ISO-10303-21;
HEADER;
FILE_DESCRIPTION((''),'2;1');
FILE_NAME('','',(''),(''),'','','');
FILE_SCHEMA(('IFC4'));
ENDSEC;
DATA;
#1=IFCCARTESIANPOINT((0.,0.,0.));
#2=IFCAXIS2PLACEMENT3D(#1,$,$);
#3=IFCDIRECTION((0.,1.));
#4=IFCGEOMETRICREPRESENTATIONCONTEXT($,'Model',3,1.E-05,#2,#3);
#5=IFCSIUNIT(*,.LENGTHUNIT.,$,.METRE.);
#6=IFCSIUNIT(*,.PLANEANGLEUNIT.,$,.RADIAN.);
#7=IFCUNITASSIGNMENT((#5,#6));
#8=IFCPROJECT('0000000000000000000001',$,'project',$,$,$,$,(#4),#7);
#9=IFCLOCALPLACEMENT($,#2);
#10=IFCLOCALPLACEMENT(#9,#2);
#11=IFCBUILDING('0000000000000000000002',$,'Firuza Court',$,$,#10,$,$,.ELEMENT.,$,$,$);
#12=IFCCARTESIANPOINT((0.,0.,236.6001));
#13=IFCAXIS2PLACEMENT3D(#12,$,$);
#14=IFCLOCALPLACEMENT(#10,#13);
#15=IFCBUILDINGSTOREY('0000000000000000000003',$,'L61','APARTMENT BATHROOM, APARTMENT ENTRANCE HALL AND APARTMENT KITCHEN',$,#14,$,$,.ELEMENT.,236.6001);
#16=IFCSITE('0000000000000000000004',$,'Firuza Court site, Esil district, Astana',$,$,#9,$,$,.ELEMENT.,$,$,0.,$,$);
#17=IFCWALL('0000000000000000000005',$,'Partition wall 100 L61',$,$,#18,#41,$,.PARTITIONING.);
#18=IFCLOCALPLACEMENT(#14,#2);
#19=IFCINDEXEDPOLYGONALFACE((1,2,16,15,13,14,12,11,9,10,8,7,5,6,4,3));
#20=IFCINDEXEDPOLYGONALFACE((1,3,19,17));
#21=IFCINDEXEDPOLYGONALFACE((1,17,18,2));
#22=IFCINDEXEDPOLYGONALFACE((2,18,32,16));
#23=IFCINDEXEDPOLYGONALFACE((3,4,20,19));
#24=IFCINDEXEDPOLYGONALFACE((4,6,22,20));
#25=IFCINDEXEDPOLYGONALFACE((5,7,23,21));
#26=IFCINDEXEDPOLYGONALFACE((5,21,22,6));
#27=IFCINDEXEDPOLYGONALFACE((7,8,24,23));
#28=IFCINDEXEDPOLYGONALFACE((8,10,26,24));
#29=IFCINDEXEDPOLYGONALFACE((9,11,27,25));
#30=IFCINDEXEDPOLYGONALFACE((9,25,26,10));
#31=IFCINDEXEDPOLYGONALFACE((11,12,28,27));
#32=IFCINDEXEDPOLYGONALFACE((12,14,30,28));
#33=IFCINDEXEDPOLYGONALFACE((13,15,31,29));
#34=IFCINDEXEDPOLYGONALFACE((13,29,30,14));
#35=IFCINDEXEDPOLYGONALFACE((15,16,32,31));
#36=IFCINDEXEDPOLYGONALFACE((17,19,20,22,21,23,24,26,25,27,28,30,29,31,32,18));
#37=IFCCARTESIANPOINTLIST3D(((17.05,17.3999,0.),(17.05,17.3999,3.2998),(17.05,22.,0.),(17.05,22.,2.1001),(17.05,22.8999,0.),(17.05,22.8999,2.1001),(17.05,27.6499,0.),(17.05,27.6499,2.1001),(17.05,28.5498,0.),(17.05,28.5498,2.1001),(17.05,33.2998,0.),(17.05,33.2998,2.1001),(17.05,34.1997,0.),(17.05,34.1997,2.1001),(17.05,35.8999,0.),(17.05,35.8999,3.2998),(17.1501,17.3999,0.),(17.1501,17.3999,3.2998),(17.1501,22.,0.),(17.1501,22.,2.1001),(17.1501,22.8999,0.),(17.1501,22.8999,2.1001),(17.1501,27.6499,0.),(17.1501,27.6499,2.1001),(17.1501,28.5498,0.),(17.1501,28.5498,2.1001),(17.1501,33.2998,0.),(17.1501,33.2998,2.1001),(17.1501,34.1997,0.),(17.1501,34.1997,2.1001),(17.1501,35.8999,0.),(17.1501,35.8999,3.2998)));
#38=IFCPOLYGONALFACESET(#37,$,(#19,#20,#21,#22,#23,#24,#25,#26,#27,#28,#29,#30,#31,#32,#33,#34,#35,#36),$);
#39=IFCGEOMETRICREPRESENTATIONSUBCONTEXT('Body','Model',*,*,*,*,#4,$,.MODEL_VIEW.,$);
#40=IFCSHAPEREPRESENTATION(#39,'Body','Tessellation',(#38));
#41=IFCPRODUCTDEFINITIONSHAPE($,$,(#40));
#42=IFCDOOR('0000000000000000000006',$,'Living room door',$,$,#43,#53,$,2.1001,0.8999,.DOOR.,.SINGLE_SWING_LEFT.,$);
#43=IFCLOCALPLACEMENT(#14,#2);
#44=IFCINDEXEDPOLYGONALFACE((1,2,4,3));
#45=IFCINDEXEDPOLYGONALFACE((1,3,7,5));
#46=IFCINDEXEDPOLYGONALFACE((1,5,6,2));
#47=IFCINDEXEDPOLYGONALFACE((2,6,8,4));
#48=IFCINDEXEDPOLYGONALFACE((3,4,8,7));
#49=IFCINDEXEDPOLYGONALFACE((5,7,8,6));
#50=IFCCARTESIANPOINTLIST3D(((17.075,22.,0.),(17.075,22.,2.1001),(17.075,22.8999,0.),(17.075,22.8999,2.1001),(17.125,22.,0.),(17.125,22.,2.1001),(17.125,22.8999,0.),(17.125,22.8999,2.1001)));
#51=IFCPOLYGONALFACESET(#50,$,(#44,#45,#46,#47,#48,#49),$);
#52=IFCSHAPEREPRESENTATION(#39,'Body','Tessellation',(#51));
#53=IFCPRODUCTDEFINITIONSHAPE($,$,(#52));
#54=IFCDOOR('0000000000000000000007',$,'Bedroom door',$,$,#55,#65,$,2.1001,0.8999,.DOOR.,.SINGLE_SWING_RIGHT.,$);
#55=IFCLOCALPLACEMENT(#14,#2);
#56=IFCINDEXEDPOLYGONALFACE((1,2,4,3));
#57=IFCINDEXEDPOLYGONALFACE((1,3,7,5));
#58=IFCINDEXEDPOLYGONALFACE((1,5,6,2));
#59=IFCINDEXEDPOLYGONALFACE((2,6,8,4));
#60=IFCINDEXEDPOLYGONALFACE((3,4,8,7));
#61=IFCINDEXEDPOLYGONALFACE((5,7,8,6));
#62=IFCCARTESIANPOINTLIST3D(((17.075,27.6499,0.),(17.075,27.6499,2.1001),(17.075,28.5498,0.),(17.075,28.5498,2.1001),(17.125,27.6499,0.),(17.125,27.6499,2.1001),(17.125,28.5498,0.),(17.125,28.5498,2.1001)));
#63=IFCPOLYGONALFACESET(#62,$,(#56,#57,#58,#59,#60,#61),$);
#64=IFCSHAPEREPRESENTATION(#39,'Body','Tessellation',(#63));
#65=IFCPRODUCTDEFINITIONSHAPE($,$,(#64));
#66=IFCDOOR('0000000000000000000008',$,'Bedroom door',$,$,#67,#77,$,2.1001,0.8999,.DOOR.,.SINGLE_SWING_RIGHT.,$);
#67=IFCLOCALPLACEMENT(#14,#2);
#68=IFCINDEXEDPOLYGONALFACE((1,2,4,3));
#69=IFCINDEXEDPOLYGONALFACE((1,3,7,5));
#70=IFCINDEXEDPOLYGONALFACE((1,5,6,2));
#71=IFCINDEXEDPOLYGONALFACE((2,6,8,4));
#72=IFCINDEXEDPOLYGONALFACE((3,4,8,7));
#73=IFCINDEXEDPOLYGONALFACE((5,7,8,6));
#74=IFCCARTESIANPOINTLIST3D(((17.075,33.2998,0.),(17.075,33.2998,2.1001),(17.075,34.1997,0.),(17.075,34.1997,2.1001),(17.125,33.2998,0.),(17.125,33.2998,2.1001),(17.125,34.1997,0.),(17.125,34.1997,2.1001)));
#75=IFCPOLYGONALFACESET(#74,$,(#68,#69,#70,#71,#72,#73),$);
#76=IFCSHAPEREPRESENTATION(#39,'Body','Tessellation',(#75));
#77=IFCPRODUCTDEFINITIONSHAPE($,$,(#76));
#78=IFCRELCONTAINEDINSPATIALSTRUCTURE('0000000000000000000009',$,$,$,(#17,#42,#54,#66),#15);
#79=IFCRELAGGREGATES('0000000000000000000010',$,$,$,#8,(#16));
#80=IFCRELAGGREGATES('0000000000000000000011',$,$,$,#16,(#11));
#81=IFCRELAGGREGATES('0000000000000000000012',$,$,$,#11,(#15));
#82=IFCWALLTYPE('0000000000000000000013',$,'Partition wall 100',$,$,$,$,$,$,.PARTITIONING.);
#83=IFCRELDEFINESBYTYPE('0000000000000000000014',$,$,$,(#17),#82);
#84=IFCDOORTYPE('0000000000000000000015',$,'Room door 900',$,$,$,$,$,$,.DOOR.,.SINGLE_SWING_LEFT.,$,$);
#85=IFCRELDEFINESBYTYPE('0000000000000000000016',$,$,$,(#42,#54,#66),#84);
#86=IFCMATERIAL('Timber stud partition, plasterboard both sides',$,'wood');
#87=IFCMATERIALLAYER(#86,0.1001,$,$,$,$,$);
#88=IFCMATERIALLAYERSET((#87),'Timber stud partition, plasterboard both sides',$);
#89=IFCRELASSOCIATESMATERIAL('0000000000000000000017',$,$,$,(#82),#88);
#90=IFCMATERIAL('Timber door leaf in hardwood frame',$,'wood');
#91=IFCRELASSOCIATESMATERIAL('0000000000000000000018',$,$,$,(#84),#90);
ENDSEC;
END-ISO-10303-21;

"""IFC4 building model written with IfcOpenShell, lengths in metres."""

from ifc_helpers import new_model, si_unit, direction, frame, frame_2d, origin, place, context, subcontext, project, spatial, rectangle, extrude, material, layer, layer_set, type_object, element, fill, save


model = new_model("IFC4")

# Units and contexts
model_context = context("Model", 3, precision=1e-05, world=origin(), true_north=direction((0.0, 1.0)))
body_context = subcontext(model_context, "Body", "Model", "MODEL_VIEW")
ifc_project = project(units=[si_unit("LENGTHUNIT", "METRE"), si_unit("PLANEANGLEUNIT", "RADIAN")], contexts=[model_context])

# Site, building, storey
site_placement = place(None, origin())
site = spatial("IfcSite", under=ifc_project, at=site_placement, Name="Firuza Court site, Esil district, Astana", CompositionType="ELEMENT", RefElevation=0.0)
building_placement = place(site_placement, origin())
building = spatial("IfcBuilding", under=site, at=building_placement, Name="Firuza Court", CompositionType="ELEMENT")
storey_placement = place(building_placement, frame((0.0, 0.0, 236.6001)))
storey = spatial("IfcBuildingStorey", under=building, at=storey_placement, Name="L61", Description="APARTMENT BATHROOM, APARTMENT ENTRANCE HALL AND APARTMENT KITCHEN", CompositionType="ELEMENT", Elevation=236.6001)

# Shared definitions
ifc_material_1 = material(Name="Timber stud partition, plasterboard both sides", Category="wood")
ifc_layer = layer(ifc_material_1, 0.1001)
ifc_layer_set = layer_set([ifc_layer], Name="Timber stud partition, plasterboard both sides")
wall_type = type_object("IfcWallType", Name="Partition wall 100", PredefinedType="PARTITIONING", material=ifc_layer_set)
ifc_material_2 = material(Name="Timber door leaf in hardwood frame", Category="wood")
door_type_1 = type_object("IfcDoorType", Name="Room door 900", OperationType="SINGLE_SWING_LEFT", PredefinedType="DOOR", material=ifc_material_2)

# Wall, openings, doors
wall_1_placement = place(storey_placement, frame((17.1001, 17.3999, 0.0), z_axis=(0.0, 0.0, 1.0), x_axis=(0.0, 1.0, 0.0)))
wall_1 = element("IfcWall", 1, at=wall_1_placement, inside=storey, type_object=wall_type, Name="Partition wall 100 L61", PredefinedType="PARTITIONING", context=body_context, shape_type="SweptSolid", body=[
    extrude(rectangle(XDim=18.5, YDim=0.1001, at=frame_2d((9.25, 0.0))), origin(), (0.0, 0.0, 1.0), 3.2998),
])
opening_1_placement = place(wall_1_placement, frame((4.6001, 0.0, 0.0)))
opening_1 = element("IfcOpeningElement", 2, at=opening_1_placement, cuts=wall_1, PredefinedType="OPENING", context=body_context, shape_type="SweptSolid", body=[
    extrude(rectangle(XDim=0.8999, YDim=2.1001, at=frame_2d((0.45, 1.05))), frame((0.0, 0.062, 0.0), z_axis=(0.0, -1.0, 0.0), x_axis=(1.0, 0.0, 0.0)), (0.0, 0.0, 1.0), 0.124),
])
opening_2_placement = place(wall_1_placement, frame((10.25, 0.0, 0.0)))
opening_2 = element("IfcOpeningElement", 3, at=opening_2_placement, cuts=wall_1, PredefinedType="OPENING", context=body_context, shape_type="SweptSolid", body=[
    extrude(rectangle(XDim=0.8999, YDim=2.1001, at=frame_2d((0.45, 1.05))), frame((0.0, 0.062, 0.0), z_axis=(0.0, -1.0, 0.0), x_axis=(1.0, 0.0, 0.0)), (0.0, 0.0, 1.0), 0.124),
])
opening_3_placement = place(wall_1_placement, frame((15.8999, 0.0, 0.0)))
opening_3 = element("IfcOpeningElement", 4, at=opening_3_placement, cuts=wall_1, PredefinedType="OPENING", context=body_context, shape_type="SweptSolid", body=[
    extrude(rectangle(XDim=0.8999, YDim=2.1001, at=frame_2d((0.45, 1.05))), frame((0.0, 0.062, 0.0), z_axis=(0.0, -1.0, 0.0), x_axis=(1.0, 0.0, 0.0)), (0.0, 0.0, 1.0), 0.124),
])
door_1_placement = place(opening_1_placement, frame((0.8999, 0.0, 0.0), z_axis=(0.0, 0.0, 1.0), x_axis=(-1.0, 0.0, 0.0)))
door_1 = element("IfcDoor", 5, at=door_1_placement, inside=storey, type_object=door_type_1, Name="Living room door", OperationType="SINGLE_SWING_LEFT", OverallHeight=2.1001, OverallWidth=0.8999, PredefinedType="DOOR", context=body_context, shape_type="SweptSolid", body=[
    extrude(rectangle(XDim=0.8999, YDim=2.1001, at=frame_2d((0.45, 1.05))), frame((0.0, 0.0249, 0.0), z_axis=(0.0, -1.0, 0.0), x_axis=(1.0, 0.0, 0.0)), (0.0, 0.0, 1.0), 0.05),
])
fill(opening_1, door_1)
door_2_placement = place(opening_2_placement, frame((0.8999, 0.0, 0.0), z_axis=(0.0, 0.0, 1.0), x_axis=(-1.0, 0.0, 0.0)))
door_2 = element("IfcDoor", 6, at=door_2_placement, inside=storey, type_object=door_type_1, Name="Bedroom door", OperationType="SINGLE_SWING_RIGHT", OverallHeight=2.1001, OverallWidth=0.8999, PredefinedType="DOOR", context=body_context, shape_type="SweptSolid", body=[
    extrude(rectangle(XDim=0.8999, YDim=2.1001, at=frame_2d((0.45, 1.05))), frame((0.0, 0.0249, 0.0), z_axis=(0.0, -1.0, 0.0), x_axis=(1.0, 0.0, 0.0)), (0.0, 0.0, 1.0), 0.05),
])
fill(opening_2, door_2)
door_3_placement = place(opening_3_placement, frame((0.8999, 0.0, 0.0), z_axis=(0.0, 0.0, 1.0), x_axis=(-1.0, 0.0, 0.0)))
door_3 = element("IfcDoor", 7, at=door_3_placement, inside=storey, type_object=door_type_1, Name="Bedroom door", OperationType="SINGLE_SWING_RIGHT", OverallHeight=2.1001, OverallWidth=0.8999, PredefinedType="DOOR", context=body_context, shape_type="SweptSolid", body=[
    extrude(rectangle(XDim=0.8999, YDim=2.1001, at=frame_2d((0.45, 1.05))), frame((0.0, 0.0249, 0.0), z_axis=(0.0, -1.0, 0.0), x_axis=(1.0, 0.0, 0.0)), (0.0, 0.0, 1.0), 0.05),
])
fill(opening_3, door_3)

save(model, "model.ifc")
